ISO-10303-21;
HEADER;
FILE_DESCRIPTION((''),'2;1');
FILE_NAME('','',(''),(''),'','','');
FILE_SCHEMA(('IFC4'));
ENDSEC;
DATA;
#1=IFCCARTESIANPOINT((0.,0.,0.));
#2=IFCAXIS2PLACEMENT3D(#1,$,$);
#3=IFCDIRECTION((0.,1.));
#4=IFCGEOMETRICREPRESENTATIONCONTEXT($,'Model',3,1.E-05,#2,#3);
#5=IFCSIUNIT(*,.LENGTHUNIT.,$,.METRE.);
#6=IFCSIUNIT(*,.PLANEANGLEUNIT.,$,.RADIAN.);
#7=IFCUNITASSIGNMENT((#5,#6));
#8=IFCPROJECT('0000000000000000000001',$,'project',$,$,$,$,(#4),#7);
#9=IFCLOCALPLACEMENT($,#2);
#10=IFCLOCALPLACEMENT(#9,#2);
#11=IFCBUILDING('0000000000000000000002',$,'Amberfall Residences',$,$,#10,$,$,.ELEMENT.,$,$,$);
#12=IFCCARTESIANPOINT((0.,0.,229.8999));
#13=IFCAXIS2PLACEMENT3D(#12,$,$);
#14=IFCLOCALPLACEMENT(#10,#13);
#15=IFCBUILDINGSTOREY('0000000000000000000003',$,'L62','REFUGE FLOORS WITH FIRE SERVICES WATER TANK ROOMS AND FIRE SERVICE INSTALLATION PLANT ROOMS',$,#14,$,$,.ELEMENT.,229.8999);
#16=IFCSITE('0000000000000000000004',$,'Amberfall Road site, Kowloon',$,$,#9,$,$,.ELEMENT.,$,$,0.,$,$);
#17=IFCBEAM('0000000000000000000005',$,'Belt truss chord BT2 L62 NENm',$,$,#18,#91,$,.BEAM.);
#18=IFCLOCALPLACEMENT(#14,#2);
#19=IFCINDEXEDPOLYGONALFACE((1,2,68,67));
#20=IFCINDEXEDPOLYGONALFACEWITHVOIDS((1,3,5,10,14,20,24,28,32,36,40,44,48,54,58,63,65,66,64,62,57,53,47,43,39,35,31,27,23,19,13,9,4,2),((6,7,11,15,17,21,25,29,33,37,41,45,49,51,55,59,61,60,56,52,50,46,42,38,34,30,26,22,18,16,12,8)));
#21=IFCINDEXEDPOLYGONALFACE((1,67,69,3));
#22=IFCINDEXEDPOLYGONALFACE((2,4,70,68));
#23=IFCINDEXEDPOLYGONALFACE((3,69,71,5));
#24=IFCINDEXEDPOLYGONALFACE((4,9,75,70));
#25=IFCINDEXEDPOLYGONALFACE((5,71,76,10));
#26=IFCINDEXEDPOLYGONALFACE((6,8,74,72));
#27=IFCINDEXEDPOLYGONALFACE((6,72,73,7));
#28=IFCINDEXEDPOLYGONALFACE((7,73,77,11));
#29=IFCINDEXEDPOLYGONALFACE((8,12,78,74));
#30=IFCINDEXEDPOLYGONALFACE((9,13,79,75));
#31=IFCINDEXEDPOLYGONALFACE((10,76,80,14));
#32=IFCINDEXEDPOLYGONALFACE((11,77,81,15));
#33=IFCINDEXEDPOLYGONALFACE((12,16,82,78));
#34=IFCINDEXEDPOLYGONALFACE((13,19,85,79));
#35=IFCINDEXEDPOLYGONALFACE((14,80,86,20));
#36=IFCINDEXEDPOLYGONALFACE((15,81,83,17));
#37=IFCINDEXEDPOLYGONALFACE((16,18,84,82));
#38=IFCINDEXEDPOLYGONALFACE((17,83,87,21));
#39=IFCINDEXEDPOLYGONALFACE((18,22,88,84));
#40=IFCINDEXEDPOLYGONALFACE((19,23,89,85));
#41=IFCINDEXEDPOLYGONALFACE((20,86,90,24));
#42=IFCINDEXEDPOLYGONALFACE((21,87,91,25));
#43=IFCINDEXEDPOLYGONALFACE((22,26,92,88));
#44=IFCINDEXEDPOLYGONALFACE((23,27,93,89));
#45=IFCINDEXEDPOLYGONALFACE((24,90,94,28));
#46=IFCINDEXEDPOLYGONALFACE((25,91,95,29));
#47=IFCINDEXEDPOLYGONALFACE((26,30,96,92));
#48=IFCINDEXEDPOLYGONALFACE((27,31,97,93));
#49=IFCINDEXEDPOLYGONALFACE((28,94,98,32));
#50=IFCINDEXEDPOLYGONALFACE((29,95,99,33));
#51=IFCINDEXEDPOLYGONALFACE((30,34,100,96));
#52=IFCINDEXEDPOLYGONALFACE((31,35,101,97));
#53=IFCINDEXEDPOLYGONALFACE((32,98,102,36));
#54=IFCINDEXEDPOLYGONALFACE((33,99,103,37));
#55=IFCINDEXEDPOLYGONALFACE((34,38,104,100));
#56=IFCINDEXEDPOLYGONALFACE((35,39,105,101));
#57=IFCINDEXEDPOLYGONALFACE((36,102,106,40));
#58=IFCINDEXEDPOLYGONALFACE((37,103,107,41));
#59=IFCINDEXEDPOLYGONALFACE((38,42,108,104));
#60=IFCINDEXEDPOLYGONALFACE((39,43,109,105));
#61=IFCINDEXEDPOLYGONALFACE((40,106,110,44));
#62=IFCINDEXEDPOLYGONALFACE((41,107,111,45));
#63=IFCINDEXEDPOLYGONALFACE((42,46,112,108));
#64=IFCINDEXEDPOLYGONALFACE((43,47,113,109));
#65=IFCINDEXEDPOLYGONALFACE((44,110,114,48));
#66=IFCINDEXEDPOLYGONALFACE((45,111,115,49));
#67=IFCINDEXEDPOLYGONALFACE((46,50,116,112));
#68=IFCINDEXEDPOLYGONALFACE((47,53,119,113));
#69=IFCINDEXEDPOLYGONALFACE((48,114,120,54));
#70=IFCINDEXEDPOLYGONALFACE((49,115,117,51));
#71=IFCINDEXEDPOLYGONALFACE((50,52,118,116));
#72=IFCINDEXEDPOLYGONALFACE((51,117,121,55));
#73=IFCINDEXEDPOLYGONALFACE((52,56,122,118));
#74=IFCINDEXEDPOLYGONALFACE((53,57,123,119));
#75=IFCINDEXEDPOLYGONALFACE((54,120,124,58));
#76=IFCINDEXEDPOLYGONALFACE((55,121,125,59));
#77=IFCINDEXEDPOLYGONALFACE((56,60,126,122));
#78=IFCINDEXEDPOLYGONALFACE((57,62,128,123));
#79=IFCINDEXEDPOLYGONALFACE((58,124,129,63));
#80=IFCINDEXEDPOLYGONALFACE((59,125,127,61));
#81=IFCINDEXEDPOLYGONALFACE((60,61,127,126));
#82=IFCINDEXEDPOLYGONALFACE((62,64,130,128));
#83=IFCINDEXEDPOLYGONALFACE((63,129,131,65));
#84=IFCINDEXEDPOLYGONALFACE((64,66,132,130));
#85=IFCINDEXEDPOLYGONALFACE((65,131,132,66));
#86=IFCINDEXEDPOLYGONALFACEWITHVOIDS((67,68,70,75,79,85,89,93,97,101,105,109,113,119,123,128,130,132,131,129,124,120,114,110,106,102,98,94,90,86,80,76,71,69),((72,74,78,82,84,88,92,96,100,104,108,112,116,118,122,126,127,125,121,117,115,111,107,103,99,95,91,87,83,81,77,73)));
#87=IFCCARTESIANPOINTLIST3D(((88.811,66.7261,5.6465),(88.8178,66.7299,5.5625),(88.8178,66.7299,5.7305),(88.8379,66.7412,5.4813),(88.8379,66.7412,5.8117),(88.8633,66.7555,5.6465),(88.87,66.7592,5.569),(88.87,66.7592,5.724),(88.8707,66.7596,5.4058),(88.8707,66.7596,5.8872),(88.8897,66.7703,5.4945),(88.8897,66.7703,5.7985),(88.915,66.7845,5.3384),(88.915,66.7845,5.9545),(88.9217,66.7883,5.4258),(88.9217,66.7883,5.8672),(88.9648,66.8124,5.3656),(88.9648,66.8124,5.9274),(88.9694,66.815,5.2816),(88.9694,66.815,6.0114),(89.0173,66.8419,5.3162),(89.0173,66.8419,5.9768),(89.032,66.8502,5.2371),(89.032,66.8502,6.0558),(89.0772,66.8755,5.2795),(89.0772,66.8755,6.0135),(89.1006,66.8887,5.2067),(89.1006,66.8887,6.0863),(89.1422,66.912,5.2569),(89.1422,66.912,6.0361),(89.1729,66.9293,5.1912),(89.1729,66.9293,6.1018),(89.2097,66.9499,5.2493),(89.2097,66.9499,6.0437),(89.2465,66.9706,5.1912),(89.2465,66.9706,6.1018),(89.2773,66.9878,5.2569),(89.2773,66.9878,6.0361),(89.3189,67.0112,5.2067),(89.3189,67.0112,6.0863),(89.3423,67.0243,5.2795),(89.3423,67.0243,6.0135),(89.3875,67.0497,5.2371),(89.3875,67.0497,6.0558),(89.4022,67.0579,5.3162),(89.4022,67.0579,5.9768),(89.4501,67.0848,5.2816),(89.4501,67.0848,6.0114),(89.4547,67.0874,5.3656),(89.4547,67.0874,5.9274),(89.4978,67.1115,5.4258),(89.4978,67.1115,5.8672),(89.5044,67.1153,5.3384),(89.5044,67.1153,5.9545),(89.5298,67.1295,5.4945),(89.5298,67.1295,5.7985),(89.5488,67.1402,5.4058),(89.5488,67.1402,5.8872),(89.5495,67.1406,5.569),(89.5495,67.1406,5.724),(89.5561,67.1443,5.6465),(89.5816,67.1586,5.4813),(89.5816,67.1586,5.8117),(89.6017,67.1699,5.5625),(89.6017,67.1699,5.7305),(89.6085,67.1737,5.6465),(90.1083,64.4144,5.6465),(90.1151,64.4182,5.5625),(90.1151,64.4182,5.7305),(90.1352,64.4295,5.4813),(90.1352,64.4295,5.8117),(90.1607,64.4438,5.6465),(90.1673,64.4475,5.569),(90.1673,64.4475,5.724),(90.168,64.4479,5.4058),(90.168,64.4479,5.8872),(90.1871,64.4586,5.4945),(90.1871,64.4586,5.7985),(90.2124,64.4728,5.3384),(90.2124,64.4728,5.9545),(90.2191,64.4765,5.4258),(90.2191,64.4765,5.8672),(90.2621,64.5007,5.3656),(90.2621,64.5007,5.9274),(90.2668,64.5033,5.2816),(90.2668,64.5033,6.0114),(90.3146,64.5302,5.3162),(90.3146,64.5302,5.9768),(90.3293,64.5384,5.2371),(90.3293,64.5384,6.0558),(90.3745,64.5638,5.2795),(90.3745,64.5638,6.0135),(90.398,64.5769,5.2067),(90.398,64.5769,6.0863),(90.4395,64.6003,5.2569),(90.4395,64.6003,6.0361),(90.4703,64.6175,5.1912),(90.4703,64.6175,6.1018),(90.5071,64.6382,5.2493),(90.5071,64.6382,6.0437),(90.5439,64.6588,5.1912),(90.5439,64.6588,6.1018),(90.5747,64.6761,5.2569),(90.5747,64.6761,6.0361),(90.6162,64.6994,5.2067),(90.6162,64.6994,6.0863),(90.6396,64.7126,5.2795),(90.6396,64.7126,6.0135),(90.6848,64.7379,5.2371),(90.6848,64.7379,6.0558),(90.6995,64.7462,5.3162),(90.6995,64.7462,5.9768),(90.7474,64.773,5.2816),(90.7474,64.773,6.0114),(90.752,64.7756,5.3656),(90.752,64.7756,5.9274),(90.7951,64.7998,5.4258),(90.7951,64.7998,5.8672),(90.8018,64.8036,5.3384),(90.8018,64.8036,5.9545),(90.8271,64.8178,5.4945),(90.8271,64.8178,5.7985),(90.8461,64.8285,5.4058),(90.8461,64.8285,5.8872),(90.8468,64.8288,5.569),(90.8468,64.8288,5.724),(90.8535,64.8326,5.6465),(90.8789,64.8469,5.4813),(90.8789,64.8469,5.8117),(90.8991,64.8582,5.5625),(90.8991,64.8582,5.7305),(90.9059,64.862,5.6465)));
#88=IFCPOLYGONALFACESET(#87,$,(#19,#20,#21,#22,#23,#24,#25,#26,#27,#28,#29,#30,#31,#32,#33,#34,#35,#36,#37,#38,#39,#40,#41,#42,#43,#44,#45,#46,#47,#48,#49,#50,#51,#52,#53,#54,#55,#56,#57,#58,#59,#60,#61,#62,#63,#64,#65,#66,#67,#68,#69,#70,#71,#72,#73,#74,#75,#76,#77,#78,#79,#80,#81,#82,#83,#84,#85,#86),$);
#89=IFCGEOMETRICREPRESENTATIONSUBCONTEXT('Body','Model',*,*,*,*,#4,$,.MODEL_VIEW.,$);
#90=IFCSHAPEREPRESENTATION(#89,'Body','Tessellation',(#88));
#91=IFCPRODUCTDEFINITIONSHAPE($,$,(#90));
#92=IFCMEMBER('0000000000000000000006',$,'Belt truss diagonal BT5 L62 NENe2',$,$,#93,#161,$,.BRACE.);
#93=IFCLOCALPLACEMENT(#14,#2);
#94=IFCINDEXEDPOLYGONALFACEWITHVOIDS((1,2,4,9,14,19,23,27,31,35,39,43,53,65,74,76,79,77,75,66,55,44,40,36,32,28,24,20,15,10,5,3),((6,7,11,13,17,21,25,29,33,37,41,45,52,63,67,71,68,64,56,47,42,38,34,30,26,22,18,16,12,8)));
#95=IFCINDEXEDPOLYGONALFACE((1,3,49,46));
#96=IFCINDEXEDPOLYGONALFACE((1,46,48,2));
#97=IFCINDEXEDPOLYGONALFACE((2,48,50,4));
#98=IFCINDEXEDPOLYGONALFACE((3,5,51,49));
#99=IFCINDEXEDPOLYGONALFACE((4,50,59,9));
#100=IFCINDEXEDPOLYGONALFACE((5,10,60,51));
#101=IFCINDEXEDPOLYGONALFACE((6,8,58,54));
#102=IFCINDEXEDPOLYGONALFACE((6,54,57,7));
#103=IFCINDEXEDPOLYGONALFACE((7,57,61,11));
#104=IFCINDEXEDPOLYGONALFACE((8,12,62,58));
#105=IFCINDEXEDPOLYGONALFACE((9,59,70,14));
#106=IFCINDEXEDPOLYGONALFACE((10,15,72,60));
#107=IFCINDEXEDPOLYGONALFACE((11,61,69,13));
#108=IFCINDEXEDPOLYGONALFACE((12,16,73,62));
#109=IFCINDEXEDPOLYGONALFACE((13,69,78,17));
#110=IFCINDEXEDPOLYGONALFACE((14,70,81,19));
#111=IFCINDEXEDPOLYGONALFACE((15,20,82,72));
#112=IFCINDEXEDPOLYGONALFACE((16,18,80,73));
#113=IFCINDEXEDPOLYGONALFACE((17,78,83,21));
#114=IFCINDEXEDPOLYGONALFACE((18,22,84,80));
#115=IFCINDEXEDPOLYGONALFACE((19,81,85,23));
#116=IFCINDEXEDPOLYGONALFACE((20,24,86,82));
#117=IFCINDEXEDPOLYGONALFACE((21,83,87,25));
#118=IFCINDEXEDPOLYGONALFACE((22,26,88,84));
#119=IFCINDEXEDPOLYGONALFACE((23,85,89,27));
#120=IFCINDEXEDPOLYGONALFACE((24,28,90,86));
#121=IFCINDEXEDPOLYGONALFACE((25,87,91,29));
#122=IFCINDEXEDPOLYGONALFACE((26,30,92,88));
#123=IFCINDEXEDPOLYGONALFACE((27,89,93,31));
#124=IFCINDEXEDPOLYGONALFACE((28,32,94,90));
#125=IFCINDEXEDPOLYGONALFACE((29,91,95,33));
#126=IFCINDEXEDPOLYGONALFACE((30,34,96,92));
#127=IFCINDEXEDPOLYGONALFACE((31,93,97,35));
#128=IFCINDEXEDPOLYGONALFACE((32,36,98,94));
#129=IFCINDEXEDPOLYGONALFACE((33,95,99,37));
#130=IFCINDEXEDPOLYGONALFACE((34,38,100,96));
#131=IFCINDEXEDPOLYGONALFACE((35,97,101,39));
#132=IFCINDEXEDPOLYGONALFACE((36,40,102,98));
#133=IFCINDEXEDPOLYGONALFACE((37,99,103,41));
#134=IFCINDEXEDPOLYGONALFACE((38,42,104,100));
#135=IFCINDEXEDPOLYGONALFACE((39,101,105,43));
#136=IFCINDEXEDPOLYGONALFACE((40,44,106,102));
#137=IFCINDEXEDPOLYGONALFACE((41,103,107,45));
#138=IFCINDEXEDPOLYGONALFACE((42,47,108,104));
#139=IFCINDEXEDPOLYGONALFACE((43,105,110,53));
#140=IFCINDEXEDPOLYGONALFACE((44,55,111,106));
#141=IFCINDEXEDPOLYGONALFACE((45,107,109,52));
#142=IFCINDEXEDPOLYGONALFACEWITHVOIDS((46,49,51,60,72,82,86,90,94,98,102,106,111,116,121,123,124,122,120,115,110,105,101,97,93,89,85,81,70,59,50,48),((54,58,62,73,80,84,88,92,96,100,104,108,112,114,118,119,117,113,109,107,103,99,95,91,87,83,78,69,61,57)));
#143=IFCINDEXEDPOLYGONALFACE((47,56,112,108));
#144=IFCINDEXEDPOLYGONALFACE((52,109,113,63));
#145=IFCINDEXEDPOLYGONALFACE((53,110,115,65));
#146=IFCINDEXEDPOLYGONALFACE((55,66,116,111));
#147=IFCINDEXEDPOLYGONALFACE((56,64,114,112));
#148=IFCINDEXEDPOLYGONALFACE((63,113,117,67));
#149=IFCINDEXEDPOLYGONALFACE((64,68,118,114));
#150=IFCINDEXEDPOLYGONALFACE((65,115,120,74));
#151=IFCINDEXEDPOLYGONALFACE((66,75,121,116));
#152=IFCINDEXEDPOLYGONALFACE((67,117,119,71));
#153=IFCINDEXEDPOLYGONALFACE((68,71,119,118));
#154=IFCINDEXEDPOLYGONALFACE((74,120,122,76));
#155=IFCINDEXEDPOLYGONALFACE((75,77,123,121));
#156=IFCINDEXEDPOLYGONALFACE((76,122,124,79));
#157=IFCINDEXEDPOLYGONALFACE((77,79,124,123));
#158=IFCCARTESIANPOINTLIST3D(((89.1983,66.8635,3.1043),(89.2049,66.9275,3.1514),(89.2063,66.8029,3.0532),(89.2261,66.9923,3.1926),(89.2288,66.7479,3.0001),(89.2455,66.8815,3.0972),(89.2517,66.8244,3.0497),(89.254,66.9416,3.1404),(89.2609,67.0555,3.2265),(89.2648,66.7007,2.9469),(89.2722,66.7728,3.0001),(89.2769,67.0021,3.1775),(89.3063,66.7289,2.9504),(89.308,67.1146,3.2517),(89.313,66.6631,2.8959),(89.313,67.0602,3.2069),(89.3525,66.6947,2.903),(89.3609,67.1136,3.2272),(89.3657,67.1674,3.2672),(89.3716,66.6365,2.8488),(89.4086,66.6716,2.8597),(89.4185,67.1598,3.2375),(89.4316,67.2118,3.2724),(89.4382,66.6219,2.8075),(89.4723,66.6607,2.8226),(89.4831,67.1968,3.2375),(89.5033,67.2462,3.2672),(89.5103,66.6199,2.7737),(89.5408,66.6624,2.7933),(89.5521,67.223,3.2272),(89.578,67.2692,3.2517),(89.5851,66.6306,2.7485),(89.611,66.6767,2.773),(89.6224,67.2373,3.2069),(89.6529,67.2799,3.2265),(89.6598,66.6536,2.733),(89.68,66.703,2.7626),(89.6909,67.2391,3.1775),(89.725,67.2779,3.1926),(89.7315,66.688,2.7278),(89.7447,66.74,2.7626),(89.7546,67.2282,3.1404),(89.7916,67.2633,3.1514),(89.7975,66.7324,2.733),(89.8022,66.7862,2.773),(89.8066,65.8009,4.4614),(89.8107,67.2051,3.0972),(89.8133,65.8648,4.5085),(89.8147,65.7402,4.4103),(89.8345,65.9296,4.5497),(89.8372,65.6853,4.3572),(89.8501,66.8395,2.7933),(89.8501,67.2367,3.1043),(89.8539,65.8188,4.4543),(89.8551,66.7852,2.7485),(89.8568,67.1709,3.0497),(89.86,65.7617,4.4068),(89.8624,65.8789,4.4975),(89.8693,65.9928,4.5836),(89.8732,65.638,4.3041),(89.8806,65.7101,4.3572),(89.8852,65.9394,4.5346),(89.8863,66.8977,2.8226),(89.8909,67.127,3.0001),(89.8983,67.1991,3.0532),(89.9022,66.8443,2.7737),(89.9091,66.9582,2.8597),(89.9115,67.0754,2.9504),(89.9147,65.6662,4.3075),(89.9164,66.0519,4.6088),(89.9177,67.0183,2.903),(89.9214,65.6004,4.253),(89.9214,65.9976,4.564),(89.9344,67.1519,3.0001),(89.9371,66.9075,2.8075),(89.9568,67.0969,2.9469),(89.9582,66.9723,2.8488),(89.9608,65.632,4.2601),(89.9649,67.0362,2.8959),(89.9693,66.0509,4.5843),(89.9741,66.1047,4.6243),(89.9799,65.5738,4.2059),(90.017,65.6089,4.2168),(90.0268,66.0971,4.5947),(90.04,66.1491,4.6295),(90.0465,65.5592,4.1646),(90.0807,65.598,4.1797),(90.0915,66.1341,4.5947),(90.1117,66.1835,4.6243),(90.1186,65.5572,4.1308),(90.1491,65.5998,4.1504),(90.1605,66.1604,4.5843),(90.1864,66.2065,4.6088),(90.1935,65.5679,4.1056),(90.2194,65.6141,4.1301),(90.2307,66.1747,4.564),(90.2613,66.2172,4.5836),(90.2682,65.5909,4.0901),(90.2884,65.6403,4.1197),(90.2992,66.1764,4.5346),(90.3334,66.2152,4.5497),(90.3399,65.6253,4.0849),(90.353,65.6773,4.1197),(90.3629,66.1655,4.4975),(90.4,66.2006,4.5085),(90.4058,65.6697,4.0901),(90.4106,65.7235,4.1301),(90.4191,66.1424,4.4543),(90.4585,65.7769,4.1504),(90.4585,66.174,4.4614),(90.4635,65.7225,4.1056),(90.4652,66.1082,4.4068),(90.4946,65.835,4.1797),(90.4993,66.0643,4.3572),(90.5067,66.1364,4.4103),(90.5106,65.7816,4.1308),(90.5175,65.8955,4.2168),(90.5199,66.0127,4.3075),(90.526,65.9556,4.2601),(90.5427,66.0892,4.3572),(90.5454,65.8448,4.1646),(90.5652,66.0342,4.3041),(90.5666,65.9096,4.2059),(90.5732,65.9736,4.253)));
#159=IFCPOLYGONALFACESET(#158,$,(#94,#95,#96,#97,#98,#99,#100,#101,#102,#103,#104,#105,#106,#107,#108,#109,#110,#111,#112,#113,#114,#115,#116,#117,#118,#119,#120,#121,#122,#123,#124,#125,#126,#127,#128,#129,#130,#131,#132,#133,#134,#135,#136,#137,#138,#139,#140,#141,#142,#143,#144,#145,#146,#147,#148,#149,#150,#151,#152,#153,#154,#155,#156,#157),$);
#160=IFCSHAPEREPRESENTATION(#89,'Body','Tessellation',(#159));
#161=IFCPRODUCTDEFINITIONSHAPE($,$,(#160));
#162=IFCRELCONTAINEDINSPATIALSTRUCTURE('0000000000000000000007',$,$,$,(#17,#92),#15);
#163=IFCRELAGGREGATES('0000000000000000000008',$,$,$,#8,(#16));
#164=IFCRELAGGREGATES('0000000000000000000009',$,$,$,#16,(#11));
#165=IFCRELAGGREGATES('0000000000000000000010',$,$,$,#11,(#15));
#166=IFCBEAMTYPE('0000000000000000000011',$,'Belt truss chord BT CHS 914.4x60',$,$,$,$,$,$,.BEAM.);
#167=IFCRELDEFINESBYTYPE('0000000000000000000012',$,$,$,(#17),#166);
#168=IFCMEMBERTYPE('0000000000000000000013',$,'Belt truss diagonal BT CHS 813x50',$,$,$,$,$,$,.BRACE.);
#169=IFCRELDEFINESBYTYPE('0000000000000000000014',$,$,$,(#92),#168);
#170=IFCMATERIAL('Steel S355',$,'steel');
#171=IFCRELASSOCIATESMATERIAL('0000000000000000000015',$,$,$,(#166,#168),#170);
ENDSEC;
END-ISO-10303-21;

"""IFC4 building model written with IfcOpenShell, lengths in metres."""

from ifc_helpers import new_model, si_unit, direction, frame, origin, origin_2d, place, context, subcontext, project, spatial, hollow_circle, extrude, material, material_profile, profile_set, type_object, element, save


model = new_model("IFC4")

# Units and contexts
model_context = context("Model", 3, precision=1e-05, world=origin(), true_north=direction((0.0, 1.0)))
body_context = subcontext(model_context, "Body", "Model", "MODEL_VIEW")
ifc_project = project(units=[si_unit("LENGTHUNIT", "METRE"), si_unit("PLANEANGLEUNIT", "RADIAN")], contexts=[model_context])

# Site, building, storey
site_placement = place(None, origin())
site = spatial("IfcSite", under=ifc_project, at=site_placement, Name="Amberfall Road site, Kowloon", CompositionType="ELEMENT", RefElevation=0.0)
building_placement = place(site_placement, origin())
building = spatial("IfcBuilding", under=site, at=building_placement, Name="Amberfall Residences", CompositionType="ELEMENT")
storey_placement = place(building_placement, frame((0.0, 0.0, 229.8999)))
storey = spatial("IfcBuildingStorey", under=building, at=storey_placement, Name="L62", Description="REFUGE FLOORS WITH FIRE SERVICES WATER TANK ROOMS AND FIRE SERVICE INSTALLATION PLANT ROOMS", CompositionType="ELEMENT", Elevation=229.8999)

# Beam
ifc_material_1 = material(Name="Steel S355", Category="steel")
ifc_material_profile_1 = material_profile(ifc_material_1, hollow_circle(Radius=0.4573, WallThickness=0.0601, at=origin_2d()), Name="CHS 914.4x60")
ifc_profile_set_1 = profile_set([ifc_material_profile_1], Name="Steel S355")
beam_type_1 = type_object("IfcBeamType", Name="Belt truss chord BT CHS 914.4x60", PredefinedType="BEAM", material=ifc_profile_set_1)
beam_1_placement = place(storey_placement, frame((90.5071, 64.6382, 5.6465), z_axis=(-0.4894, 0.87206, 0.0), x_axis=(-0.87206, -0.4894, 0.0)))
element("IfcBeam", 1, at=beam_1_placement, inside=storey, type_object=beam_type_1, Name="Belt truss chord BT2 L62 NENm", PredefinedType="BEAM", context=body_context, shape_type="SweptSolid", body=[
    extrude(hollow_circle(Radius=0.4573, WallThickness=0.0601, at=origin_2d()), origin(), (0.0, 0.0, 1.0), 2.6509),
])

# Member
ifc_material_profile_2 = material_profile(ifc_material_1, hollow_circle(Radius=0.4065, WallThickness=0.05, at=origin_2d()), Name="CHS 813x50")
ifc_profile_set_2 = profile_set([ifc_material_profile_2], Name="Steel S355")
member_type_1 = type_object("IfcMemberType", Name="Belt truss diagonal BT CHS 813x50", PredefinedType="BRACE", material=ifc_profile_set_2)
member_1_placement = place(storey_placement, frame((90.1899, 65.8872, 4.3572), z_axis=(-0.332826, 0.581377, -0.742447), x_axis=(-0.86785, -0.496826, 0.0)))
element("IfcMember", 2, at=member_1_placement, inside=storey, type_object=member_type_1, Name="Belt truss diagonal BT5 L62 NENe2", PredefinedType="BRACE", context=body_context, shape_type="SweptSolid", body=[
    extrude(hollow_circle(Radius=0.4065, WallThickness=0.05, at=origin_2d()), origin(), (0.0, 0.0, 1.0), 1.8279),
])

save(model, "model.ifc")
